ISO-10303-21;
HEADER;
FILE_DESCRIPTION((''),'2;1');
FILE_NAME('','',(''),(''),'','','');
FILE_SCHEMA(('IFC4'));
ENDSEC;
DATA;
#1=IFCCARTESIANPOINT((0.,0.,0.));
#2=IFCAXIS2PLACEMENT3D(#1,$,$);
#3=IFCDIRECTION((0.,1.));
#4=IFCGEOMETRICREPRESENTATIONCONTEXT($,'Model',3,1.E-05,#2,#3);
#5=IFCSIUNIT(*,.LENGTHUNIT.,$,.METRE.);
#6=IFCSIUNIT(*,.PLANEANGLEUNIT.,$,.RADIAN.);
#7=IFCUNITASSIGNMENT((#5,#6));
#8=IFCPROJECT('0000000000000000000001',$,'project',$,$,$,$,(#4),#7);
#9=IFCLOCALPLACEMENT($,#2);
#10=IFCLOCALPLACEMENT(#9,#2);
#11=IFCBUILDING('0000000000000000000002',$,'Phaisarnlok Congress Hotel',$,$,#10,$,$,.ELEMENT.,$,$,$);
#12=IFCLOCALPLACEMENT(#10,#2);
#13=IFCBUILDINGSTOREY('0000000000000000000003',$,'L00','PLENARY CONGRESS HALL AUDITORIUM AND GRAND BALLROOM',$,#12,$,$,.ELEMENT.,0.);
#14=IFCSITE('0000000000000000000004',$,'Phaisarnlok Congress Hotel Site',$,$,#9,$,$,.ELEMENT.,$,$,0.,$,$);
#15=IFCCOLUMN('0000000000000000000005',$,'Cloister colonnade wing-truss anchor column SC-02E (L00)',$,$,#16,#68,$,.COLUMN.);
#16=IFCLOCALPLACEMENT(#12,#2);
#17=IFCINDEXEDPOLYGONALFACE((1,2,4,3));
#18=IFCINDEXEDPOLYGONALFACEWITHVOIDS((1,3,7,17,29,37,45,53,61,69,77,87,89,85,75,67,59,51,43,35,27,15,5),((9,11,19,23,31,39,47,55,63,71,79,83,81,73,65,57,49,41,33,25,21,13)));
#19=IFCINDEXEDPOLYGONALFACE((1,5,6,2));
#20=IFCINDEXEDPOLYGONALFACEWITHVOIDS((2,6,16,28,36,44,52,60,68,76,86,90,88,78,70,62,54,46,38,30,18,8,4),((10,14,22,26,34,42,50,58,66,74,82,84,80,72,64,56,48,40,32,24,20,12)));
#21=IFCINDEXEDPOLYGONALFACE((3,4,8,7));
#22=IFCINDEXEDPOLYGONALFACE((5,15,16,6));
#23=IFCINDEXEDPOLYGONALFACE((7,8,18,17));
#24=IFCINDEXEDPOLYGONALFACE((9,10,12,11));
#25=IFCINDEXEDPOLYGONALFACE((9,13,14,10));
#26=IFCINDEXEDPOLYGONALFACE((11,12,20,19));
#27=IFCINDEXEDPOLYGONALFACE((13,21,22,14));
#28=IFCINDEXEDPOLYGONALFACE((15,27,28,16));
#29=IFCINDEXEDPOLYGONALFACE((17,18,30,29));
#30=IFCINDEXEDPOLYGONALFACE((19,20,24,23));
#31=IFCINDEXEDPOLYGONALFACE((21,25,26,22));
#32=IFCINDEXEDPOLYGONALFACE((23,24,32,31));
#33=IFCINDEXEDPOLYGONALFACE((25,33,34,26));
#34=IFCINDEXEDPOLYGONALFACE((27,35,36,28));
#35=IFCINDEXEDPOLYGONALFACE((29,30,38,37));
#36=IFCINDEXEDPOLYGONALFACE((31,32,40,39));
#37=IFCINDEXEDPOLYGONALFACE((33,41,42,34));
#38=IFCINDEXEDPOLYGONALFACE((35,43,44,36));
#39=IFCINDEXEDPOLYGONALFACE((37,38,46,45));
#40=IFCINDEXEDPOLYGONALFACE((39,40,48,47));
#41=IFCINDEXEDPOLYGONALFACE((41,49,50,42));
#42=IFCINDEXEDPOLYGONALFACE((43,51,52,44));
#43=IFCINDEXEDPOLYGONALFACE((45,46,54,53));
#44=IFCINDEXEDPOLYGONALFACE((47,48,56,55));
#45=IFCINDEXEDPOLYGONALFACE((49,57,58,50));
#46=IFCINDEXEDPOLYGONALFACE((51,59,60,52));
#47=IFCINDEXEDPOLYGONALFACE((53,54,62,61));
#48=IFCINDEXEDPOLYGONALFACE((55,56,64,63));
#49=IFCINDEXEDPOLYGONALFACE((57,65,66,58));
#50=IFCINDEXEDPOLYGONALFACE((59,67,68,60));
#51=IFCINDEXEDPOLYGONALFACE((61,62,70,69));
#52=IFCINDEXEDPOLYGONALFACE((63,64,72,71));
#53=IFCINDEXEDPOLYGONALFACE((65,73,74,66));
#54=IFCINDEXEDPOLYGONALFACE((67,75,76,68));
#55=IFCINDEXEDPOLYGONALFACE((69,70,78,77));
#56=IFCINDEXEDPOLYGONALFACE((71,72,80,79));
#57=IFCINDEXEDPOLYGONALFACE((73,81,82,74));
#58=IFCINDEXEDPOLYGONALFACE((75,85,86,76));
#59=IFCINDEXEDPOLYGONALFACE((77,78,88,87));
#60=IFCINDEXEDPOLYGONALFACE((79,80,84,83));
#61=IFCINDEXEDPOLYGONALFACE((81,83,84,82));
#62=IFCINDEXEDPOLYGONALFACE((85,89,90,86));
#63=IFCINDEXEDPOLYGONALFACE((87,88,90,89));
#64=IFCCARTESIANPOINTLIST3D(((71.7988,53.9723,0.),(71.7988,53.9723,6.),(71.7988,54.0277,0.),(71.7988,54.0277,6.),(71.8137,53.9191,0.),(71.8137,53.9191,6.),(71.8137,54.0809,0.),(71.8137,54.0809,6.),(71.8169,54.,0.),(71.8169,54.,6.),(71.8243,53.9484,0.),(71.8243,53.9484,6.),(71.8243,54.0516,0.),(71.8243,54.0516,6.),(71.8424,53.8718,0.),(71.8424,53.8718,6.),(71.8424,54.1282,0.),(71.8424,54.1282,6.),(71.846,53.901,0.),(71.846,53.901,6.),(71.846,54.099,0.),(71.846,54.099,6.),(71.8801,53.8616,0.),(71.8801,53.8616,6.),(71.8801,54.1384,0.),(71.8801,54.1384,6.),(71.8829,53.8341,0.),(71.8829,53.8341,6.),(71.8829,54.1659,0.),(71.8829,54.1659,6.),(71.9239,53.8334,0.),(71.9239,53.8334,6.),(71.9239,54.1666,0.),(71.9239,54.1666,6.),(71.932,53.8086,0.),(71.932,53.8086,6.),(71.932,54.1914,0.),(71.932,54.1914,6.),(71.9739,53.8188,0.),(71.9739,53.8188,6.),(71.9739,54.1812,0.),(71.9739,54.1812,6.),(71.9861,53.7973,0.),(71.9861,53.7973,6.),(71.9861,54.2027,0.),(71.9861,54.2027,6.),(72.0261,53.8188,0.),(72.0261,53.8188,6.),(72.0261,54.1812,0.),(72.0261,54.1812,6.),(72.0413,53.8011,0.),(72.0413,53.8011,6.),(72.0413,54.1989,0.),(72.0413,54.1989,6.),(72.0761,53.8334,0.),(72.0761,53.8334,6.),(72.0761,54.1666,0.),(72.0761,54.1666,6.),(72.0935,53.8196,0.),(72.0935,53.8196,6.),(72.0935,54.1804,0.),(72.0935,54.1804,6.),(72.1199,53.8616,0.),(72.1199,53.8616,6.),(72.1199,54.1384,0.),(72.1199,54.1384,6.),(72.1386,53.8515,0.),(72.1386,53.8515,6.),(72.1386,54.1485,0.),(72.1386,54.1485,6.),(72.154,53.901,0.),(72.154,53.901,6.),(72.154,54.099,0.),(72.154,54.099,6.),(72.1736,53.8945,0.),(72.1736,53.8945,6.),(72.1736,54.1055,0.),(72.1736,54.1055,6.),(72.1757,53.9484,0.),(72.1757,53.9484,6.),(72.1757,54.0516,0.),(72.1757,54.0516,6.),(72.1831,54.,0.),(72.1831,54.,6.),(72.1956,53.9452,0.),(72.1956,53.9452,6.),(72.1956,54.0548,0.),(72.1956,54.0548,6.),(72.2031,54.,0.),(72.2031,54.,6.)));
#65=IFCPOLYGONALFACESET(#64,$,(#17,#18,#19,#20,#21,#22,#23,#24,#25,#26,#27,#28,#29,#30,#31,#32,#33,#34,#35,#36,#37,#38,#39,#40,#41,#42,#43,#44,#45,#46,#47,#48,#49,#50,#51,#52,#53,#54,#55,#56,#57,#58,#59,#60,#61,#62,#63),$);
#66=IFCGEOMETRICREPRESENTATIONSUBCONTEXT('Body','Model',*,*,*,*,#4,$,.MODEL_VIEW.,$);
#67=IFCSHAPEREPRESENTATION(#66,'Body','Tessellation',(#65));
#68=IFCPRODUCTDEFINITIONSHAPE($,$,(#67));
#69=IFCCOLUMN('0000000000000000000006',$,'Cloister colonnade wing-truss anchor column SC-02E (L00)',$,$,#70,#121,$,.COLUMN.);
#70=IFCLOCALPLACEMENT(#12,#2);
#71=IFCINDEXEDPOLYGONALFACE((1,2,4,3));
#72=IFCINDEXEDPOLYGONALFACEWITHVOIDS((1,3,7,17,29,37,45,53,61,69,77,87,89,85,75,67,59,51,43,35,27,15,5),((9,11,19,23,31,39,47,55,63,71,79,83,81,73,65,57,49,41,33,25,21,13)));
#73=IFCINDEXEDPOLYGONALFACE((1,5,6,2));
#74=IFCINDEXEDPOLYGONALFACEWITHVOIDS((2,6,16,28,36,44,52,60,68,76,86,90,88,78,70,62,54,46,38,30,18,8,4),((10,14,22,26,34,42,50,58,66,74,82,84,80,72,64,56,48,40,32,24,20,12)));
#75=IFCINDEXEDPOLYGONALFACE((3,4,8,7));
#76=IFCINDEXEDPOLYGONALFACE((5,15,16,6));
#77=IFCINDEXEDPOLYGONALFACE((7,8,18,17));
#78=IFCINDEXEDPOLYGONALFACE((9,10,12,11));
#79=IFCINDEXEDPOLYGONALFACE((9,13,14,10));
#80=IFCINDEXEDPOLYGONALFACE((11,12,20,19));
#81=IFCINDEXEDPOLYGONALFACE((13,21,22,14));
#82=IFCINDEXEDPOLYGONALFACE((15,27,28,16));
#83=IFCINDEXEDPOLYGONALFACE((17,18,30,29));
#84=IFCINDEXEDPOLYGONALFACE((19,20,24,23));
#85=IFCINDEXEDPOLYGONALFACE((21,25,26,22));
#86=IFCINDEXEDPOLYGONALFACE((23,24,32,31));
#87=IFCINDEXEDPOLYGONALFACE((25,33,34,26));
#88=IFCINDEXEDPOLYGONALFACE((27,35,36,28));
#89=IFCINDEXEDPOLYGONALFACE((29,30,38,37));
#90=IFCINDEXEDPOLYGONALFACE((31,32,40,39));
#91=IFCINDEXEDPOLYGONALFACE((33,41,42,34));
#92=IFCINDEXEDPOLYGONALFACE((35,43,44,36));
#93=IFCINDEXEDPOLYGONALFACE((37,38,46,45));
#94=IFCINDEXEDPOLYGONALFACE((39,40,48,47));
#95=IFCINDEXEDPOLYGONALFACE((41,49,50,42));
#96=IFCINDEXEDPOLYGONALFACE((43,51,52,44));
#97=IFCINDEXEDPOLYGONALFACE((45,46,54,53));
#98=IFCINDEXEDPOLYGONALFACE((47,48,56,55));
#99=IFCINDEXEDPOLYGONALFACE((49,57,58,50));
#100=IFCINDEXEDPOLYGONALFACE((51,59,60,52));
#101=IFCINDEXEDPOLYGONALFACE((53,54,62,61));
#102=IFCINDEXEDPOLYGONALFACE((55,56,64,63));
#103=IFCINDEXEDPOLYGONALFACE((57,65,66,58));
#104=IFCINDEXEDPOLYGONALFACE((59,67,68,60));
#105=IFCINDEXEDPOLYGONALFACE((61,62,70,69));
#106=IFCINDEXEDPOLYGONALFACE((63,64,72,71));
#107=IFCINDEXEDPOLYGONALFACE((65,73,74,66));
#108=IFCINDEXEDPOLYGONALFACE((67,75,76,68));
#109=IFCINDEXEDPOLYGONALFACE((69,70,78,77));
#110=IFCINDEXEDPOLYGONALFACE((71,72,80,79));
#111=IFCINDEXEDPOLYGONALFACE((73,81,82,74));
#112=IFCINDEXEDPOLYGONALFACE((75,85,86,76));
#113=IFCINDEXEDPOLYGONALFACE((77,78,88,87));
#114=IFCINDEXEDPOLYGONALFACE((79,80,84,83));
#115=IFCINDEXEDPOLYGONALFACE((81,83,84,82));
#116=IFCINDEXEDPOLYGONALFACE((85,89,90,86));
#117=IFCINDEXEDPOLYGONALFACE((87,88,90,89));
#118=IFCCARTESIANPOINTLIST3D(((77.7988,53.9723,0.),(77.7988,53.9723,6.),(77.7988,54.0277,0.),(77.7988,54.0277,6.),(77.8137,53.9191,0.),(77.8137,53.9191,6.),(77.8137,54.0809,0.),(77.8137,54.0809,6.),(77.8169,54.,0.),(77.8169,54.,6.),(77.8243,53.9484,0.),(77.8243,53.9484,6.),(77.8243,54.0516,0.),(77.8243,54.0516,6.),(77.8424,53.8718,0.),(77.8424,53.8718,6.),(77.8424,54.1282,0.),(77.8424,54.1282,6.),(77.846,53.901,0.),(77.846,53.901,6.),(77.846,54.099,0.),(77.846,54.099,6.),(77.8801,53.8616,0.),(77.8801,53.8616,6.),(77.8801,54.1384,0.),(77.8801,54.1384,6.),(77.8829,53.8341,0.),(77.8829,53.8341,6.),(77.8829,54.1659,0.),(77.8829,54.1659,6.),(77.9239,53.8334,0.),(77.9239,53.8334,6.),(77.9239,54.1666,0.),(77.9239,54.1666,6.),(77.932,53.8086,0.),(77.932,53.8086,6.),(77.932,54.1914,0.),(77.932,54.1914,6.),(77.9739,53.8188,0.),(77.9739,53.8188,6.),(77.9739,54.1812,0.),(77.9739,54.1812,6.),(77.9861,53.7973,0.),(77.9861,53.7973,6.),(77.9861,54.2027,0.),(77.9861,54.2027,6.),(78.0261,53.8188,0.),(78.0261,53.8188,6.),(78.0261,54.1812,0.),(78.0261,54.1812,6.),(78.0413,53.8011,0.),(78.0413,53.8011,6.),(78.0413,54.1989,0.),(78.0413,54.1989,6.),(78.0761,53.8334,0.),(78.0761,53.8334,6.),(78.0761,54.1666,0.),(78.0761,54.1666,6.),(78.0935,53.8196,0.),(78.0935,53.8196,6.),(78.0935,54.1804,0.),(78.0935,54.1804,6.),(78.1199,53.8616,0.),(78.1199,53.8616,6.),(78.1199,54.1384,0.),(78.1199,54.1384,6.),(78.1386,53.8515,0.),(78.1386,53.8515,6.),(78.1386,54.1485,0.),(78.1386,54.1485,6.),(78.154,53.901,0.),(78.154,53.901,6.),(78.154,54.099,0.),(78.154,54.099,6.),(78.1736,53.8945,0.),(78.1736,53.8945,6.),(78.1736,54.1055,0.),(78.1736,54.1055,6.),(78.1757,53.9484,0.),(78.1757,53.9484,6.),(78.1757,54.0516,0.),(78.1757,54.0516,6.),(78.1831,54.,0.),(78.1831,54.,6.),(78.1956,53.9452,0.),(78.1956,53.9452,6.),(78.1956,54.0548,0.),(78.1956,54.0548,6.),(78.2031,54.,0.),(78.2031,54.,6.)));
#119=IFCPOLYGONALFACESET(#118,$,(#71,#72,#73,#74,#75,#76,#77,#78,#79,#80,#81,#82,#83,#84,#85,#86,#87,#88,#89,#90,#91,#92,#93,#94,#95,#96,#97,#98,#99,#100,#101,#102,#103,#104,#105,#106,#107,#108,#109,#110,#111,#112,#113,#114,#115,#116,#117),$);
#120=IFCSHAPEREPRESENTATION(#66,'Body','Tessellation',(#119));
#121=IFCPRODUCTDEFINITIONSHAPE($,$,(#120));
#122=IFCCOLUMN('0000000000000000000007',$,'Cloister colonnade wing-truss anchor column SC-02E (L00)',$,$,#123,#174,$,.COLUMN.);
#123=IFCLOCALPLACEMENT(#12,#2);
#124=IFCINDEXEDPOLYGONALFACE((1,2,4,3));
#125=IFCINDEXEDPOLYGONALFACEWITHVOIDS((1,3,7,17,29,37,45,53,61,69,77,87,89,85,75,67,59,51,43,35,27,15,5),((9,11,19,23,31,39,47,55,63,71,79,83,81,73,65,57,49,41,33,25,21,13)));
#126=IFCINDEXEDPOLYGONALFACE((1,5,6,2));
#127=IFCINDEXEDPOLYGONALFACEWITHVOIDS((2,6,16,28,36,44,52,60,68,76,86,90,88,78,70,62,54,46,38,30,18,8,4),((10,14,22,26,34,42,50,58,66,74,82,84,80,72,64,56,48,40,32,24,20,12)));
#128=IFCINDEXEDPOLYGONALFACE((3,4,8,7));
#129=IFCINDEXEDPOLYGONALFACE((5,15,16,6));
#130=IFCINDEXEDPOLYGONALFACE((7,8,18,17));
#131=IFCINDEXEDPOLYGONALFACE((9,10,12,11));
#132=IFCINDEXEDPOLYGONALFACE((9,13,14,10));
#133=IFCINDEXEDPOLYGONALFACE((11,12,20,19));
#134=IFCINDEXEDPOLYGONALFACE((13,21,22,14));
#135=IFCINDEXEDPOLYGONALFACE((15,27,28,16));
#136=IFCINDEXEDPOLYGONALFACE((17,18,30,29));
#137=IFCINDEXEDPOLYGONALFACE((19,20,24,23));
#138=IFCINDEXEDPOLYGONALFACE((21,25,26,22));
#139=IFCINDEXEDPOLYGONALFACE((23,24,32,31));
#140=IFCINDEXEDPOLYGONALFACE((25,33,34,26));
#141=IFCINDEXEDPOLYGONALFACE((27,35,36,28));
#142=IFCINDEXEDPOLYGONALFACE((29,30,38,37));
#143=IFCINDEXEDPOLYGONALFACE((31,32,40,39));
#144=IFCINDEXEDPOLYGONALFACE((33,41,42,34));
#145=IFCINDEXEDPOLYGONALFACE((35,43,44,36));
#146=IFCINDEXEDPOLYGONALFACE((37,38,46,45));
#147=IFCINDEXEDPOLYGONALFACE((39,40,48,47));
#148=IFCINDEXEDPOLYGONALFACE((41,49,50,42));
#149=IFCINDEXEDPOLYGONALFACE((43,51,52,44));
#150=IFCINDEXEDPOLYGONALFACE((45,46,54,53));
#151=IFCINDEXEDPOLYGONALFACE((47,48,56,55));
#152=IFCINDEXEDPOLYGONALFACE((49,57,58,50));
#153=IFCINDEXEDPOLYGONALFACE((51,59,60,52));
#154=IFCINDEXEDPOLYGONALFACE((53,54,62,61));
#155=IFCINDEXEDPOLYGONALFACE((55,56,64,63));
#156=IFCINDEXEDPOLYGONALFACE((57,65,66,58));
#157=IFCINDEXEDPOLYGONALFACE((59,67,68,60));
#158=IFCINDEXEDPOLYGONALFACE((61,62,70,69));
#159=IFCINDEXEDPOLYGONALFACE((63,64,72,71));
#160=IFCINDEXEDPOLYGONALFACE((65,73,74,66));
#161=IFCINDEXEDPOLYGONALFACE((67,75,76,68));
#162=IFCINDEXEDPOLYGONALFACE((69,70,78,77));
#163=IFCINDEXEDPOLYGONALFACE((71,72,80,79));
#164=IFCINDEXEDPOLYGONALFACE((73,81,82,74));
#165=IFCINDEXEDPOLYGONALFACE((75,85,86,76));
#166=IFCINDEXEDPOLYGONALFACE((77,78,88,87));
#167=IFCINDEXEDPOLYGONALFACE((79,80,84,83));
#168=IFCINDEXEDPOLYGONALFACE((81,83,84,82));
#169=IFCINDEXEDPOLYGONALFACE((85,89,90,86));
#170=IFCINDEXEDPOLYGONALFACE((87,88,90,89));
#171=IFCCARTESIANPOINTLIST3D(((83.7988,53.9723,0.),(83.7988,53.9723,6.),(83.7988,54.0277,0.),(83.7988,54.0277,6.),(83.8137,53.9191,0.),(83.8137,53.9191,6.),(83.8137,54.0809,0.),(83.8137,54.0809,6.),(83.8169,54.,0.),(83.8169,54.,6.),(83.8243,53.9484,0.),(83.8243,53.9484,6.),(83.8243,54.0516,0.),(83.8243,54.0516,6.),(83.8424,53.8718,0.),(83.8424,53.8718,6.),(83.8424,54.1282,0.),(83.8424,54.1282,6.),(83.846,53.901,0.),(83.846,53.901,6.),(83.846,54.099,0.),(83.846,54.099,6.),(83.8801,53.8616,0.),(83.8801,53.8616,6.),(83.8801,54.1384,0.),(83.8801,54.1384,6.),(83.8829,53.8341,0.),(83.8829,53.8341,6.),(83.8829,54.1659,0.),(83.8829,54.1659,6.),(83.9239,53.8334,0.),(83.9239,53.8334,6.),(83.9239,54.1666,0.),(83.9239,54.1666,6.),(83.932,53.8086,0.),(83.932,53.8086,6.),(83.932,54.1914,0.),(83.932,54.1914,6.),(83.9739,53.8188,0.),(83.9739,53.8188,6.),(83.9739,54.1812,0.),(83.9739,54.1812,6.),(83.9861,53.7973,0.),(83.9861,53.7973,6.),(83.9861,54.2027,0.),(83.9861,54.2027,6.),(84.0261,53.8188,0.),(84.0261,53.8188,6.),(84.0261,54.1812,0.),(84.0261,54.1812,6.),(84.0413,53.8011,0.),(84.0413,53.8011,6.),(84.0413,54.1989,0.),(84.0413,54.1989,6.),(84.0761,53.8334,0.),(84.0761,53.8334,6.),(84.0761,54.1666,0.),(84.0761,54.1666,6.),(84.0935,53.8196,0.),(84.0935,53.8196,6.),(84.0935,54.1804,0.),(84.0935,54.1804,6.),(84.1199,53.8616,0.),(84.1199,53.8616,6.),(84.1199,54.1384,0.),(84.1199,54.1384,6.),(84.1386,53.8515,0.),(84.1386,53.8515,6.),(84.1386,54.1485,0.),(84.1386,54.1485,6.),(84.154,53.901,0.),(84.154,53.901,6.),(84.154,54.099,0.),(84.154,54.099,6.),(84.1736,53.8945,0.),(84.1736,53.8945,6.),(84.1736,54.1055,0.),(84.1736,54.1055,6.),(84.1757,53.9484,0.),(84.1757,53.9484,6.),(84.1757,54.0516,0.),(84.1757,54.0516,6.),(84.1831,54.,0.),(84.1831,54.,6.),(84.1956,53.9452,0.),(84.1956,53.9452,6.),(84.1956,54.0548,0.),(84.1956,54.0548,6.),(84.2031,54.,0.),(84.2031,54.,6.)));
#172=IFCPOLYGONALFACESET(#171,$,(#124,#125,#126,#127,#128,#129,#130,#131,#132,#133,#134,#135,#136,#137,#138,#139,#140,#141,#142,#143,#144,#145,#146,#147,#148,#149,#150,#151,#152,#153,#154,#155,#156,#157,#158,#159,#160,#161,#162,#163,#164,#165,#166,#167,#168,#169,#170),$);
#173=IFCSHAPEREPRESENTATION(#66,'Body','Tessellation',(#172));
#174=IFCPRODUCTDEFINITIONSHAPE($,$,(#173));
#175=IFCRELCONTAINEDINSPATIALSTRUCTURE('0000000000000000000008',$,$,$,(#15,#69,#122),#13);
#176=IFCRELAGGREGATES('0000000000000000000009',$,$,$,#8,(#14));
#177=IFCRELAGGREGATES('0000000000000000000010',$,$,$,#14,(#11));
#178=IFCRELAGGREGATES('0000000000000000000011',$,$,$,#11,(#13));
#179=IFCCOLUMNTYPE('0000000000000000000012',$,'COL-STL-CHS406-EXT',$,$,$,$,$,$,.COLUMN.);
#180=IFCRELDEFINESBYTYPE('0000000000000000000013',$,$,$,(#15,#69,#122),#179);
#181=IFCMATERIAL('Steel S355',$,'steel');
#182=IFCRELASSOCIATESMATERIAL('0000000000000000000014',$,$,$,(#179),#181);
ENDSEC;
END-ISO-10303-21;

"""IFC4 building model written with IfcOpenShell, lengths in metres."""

from ifc_helpers import new_model, si_unit, direction, frame, origin, origin_2d, place, context, subcontext, project, spatial, hollow_circle, extrude, material, material_profile, profile_set, type_object, element, save


model = new_model("IFC4")

# Units and contexts
model_context = context("Model", 3, precision=1e-05, world=origin(), true_north=direction((0.0, 1.0)))
body_context = subcontext(model_context, "Body", "Model", "MODEL_VIEW")
ifc_project = project(units=[si_unit("LENGTHUNIT", "METRE"), si_unit("PLANEANGLEUNIT", "RADIAN")], contexts=[model_context])

# Site, building, storey
site_placement = place(None, origin())
site = spatial("IfcSite", under=ifc_project, at=site_placement, Name="Phaisarnlok Congress Hotel Site", CompositionType="ELEMENT", RefElevation=0.0)
building_placement = place(site_placement, origin())
building = spatial("IfcBuilding", under=site, at=building_placement, Name="Phaisarnlok Congress Hotel", CompositionType="ELEMENT")
storey_placement = place(building_placement, origin())
storey = spatial("IfcBuildingStorey", under=building, at=storey_placement, Name="L00", Description="PLENARY CONGRESS HALL AUDITORIUM AND GRAND BALLROOM", CompositionType="ELEMENT", Elevation=0.0)

# Columns
ifc_material_1 = material(Name="Steel S355", Category="steel")
ifc_material_profile_1 = material_profile(ifc_material_1, hollow_circle(Radius=0.2031, WallThickness=0.02, at=origin_2d()), Name="CHS 406.4x20")
ifc_profile_set_1 = profile_set([ifc_material_profile_1], Name="Steel S355")
column_type_1 = type_object("IfcColumnType", Name="COL-STL-CHS406-EXT", PredefinedType="COLUMN", material=ifc_profile_set_1)
for number, where, z_axis, x_axis, name in (
    (1, (72.0, 54.0, 0.0), (0.0, 0.0, 1.0), (1.0, 0.0, 0.0), "Cloister colonnade wing-truss anchor column SC-02E (L00)"),
    (2, (78.0, 54.0, 0.0), (0.0, 0.0, 1.0), (1.0, 0.0, 0.0), "Cloister colonnade wing-truss anchor column SC-02E (L00)"),
    (3, (84.0, 54.0, 0.0), (0.0, 0.0, 1.0), (1.0, 0.0, 0.0), "Cloister colonnade wing-truss anchor column SC-02E (L00)"),
):
    element("IfcColumn", number, at=place(storey_placement, frame(where, z_axis=z_axis, x_axis=x_axis)), inside=storey, type_object=column_type_1, Name=name, PredefinedType="COLUMN", context=body_context, shape_type="SweptSolid", body=[
        extrude(hollow_circle(Radius=0.2031, WallThickness=0.02, at=origin_2d()), origin(), (0.0, 0.0, 1.0), 6.0),
    ])

save(model, "model.ifc")
